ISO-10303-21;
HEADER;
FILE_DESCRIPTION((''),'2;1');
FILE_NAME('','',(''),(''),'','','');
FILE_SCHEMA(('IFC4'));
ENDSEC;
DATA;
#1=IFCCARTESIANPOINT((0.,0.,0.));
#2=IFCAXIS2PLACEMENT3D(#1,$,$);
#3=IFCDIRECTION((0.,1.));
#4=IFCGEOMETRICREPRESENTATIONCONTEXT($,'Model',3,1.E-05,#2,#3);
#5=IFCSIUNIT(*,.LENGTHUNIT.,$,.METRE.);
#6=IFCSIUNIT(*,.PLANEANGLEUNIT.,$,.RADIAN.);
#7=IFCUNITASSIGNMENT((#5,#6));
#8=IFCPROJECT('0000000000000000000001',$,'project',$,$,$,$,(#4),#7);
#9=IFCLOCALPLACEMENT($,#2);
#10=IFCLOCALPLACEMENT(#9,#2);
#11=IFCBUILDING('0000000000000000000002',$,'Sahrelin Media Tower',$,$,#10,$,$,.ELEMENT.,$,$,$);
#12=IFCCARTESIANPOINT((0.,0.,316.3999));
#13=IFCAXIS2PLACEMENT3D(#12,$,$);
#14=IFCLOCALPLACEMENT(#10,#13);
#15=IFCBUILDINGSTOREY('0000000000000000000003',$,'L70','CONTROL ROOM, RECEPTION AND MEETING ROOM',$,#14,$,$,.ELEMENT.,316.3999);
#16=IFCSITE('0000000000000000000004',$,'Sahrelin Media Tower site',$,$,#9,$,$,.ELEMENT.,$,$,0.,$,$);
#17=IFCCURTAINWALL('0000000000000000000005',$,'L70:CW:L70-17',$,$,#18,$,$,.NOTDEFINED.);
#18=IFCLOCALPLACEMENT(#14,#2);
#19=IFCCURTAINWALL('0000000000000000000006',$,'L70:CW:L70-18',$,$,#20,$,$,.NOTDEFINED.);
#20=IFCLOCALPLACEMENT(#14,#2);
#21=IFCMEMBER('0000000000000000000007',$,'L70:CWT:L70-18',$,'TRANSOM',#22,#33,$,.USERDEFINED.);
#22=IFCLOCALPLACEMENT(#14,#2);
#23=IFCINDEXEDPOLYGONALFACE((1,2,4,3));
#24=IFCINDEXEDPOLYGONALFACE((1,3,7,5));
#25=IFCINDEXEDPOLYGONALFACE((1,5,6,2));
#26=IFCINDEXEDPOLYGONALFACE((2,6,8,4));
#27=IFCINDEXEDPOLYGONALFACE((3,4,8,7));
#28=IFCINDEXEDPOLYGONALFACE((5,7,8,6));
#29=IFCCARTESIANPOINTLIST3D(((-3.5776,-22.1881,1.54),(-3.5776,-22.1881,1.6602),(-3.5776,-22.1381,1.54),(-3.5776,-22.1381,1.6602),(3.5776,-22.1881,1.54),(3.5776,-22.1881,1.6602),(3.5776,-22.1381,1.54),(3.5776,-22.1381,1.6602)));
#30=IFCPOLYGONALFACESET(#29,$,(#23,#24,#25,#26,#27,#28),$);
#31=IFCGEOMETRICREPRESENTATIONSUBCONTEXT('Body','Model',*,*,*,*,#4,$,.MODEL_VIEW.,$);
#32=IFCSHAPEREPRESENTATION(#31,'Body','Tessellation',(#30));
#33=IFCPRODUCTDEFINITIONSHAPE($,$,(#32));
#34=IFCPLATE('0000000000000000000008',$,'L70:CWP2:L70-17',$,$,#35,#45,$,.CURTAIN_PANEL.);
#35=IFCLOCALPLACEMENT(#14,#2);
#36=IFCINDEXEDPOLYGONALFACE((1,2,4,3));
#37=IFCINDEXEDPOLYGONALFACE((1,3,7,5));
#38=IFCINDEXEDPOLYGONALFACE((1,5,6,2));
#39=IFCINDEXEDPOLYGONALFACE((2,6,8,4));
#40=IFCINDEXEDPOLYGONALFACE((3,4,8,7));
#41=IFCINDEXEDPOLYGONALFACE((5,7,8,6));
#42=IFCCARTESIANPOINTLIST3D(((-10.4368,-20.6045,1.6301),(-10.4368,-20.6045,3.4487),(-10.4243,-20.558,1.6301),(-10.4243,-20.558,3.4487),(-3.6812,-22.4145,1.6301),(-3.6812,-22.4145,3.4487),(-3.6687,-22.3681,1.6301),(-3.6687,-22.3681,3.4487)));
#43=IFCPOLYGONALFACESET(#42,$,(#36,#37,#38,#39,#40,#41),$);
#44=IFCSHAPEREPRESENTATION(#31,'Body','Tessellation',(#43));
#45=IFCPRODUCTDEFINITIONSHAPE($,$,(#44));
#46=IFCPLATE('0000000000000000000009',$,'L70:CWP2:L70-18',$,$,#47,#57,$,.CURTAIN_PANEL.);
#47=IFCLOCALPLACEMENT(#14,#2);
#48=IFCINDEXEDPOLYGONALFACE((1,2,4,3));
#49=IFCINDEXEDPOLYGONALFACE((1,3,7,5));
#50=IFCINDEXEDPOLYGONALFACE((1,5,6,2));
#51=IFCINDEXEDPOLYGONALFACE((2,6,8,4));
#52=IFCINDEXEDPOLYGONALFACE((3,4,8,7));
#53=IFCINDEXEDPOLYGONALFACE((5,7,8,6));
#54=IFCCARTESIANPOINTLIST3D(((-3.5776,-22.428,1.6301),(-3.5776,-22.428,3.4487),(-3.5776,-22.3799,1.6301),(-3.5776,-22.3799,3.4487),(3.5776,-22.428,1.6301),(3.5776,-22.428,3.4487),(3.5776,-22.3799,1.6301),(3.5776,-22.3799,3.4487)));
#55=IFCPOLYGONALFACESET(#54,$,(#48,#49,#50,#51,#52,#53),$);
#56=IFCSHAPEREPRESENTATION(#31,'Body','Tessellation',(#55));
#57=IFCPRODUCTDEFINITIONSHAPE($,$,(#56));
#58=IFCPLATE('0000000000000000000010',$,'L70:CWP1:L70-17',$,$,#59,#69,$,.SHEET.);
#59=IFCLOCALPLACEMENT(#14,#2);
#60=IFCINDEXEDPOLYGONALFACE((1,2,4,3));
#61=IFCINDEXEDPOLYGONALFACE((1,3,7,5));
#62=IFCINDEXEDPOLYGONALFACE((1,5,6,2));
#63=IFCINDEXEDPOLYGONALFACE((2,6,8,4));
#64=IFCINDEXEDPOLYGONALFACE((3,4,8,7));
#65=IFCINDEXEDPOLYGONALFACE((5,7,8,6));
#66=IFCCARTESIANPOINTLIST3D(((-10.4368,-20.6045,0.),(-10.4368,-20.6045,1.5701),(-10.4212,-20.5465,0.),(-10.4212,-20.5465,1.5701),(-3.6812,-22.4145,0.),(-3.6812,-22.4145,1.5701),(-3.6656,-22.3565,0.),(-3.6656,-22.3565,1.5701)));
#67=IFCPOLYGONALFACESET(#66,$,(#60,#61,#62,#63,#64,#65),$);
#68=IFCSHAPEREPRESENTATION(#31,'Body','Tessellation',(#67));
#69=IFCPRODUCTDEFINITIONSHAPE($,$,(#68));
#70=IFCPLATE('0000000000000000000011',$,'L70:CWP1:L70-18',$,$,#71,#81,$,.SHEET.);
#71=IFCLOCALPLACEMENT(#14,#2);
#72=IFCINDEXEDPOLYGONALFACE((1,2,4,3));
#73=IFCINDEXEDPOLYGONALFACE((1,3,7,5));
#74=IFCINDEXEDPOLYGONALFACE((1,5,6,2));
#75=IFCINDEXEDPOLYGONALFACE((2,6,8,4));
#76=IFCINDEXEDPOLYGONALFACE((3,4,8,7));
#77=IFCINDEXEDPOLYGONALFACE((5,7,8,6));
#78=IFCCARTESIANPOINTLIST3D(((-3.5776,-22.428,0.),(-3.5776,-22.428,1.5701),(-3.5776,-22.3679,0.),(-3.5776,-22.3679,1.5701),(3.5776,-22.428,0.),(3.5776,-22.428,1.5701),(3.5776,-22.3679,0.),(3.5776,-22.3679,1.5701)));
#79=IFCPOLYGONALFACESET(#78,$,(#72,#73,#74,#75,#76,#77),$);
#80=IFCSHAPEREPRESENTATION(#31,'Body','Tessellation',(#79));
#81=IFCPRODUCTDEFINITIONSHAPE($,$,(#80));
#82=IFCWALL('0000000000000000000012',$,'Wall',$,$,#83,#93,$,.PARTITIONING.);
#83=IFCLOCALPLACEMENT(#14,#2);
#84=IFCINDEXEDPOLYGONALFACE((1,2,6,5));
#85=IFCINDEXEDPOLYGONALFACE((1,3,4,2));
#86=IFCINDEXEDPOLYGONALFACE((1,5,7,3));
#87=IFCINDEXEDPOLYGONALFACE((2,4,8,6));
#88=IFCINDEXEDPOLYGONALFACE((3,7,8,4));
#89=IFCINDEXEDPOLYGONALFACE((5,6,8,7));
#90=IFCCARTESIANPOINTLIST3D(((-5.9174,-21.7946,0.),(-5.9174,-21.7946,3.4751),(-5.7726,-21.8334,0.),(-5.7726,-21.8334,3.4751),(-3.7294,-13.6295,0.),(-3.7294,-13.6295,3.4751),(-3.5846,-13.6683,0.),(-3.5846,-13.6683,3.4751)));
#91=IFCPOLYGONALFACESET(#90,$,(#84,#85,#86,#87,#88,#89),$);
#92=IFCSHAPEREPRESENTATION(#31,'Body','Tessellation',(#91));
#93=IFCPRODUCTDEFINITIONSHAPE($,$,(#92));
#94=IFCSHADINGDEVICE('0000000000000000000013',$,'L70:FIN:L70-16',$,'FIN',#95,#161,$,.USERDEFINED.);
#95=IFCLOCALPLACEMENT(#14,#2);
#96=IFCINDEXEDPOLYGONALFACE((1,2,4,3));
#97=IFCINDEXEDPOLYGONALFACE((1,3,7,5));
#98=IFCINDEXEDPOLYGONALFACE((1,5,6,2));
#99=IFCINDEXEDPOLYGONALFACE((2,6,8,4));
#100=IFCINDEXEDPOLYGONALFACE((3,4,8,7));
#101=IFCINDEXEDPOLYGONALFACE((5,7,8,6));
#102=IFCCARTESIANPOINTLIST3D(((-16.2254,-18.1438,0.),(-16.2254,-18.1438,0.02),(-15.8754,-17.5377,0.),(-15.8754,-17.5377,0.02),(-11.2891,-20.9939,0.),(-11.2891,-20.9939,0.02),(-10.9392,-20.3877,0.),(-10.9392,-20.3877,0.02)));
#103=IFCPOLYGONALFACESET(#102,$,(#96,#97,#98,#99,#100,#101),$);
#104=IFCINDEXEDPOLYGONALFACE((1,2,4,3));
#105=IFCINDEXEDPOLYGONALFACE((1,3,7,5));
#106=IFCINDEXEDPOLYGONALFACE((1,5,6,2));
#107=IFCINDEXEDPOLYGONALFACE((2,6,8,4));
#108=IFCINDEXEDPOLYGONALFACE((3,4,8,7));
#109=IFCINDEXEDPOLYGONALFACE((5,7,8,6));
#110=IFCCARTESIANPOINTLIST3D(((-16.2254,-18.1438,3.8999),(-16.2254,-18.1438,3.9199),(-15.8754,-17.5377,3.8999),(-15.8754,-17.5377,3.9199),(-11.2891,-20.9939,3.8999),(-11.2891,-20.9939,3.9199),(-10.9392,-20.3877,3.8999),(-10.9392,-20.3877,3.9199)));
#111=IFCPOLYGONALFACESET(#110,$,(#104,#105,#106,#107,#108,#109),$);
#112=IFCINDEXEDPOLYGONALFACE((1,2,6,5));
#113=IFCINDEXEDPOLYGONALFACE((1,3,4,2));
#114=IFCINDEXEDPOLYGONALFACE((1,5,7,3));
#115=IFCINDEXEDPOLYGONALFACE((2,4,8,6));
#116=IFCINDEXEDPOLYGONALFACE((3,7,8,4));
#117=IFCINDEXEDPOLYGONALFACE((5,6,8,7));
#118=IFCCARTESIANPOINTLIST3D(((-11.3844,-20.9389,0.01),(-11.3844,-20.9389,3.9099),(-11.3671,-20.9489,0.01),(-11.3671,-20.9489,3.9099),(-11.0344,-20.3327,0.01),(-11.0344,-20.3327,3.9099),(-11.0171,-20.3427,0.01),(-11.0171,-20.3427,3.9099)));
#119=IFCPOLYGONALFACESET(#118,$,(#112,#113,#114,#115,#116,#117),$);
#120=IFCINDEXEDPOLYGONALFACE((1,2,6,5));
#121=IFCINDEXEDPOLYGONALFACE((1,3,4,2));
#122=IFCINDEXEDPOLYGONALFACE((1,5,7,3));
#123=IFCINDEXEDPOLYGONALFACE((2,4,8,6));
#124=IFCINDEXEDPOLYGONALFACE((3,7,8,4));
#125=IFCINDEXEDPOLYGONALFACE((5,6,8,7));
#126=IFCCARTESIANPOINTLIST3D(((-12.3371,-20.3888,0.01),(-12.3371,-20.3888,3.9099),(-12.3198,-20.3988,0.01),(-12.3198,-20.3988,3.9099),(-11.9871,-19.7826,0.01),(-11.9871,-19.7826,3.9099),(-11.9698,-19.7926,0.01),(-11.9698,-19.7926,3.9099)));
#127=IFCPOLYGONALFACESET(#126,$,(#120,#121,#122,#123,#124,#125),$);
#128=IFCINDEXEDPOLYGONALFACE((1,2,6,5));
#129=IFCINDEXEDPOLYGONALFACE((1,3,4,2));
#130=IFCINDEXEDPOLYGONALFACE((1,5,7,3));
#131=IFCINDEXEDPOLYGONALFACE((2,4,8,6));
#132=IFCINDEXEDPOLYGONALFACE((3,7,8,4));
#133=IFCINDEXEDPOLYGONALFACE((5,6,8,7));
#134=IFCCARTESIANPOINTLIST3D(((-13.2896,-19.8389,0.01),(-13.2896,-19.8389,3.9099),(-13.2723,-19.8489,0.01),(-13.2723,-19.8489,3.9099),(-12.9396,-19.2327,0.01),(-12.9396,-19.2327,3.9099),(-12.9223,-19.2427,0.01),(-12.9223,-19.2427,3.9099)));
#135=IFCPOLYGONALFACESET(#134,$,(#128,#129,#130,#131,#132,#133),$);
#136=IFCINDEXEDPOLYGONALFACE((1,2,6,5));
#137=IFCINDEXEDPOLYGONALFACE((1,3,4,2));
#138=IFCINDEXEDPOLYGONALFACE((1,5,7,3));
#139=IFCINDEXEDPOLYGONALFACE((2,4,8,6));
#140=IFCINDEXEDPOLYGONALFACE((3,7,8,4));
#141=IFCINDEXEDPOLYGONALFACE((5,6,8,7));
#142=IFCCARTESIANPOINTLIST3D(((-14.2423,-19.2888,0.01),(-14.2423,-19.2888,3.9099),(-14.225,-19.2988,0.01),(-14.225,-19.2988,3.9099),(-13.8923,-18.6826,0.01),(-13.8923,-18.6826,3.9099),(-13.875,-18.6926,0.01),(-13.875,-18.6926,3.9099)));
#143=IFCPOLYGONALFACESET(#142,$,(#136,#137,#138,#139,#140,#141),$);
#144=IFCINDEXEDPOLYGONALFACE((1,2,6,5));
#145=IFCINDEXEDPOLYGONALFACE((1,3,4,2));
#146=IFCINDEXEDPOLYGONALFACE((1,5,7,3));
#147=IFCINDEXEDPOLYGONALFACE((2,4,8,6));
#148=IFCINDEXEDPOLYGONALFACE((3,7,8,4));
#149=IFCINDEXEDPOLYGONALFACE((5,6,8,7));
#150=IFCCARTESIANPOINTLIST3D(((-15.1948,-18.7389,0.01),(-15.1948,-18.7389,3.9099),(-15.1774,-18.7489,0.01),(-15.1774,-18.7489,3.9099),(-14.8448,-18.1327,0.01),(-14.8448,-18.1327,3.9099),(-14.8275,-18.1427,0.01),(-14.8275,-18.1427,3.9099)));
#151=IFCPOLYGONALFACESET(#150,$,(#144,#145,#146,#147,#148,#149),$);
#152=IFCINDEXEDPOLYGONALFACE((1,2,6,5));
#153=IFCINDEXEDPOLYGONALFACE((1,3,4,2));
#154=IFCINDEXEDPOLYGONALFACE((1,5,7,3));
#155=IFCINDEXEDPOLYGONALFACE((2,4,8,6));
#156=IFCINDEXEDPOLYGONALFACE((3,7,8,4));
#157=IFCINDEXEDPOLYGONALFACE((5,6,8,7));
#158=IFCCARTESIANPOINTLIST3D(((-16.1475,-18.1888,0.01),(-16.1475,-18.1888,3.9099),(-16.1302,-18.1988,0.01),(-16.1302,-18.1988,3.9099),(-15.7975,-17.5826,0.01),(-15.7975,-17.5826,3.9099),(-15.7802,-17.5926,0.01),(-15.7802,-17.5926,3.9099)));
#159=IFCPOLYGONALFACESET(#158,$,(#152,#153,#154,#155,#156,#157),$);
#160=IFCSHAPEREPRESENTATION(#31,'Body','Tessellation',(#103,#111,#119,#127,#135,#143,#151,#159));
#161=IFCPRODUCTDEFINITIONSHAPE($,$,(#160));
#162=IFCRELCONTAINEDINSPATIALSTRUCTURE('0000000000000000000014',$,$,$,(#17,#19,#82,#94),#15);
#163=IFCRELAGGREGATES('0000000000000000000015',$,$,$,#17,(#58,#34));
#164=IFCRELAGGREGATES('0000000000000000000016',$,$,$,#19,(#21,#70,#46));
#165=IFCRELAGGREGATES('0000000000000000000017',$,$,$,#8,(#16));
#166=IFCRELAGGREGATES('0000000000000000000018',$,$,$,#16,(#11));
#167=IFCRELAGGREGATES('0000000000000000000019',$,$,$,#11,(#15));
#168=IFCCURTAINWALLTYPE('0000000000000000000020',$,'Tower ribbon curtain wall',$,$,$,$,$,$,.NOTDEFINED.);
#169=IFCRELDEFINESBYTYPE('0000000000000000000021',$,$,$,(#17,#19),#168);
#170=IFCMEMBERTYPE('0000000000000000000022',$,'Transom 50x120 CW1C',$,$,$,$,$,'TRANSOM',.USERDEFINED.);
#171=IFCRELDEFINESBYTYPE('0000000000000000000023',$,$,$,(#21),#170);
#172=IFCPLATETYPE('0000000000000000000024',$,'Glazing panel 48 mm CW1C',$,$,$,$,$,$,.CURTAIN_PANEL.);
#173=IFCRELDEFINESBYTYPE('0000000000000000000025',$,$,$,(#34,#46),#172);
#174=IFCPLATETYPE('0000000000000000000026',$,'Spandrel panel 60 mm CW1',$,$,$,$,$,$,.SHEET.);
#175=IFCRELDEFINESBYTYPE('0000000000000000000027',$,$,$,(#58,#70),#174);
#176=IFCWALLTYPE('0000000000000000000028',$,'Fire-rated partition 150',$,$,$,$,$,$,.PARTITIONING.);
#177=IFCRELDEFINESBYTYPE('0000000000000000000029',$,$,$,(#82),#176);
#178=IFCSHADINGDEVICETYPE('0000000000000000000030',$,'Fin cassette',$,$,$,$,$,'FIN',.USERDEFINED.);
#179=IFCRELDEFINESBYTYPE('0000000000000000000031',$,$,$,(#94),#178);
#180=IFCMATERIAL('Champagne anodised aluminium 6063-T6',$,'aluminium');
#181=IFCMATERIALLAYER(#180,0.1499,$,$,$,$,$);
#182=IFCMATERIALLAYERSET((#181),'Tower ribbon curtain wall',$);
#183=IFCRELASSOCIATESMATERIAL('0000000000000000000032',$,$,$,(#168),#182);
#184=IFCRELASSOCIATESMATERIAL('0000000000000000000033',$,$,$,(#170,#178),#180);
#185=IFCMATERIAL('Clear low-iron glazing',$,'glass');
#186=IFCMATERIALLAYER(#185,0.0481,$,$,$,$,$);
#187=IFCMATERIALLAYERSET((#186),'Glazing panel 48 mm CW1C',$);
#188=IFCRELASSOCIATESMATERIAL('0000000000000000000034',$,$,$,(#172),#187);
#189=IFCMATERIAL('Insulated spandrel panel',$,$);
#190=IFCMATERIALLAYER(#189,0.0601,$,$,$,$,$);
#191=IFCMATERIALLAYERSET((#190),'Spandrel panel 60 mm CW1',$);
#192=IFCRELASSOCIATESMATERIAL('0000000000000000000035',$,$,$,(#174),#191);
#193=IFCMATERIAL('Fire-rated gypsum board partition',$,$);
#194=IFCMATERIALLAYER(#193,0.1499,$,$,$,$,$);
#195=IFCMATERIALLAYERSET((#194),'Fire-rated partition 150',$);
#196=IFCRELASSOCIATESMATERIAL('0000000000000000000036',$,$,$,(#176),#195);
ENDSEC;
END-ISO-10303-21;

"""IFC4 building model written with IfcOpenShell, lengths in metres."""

from ifc_helpers import new_model, si_unit, direction, frame, frame_2d, origin, origin_2d, place, context, subcontext, project, spatial, polyline, rectangle, outline, extrude, material, layer, layer_set, material_profile, profile_set, type_object, element, aggregate, save


model = new_model("IFC4")

# Units and contexts
model_context = context("Model", 3, precision=1e-05, world=origin(), true_north=direction((0.0, 1.0)))
body_context = subcontext(model_context, "Body", "Model", "MODEL_VIEW")
ifc_project = project(units=[si_unit("LENGTHUNIT", "METRE"), si_unit("PLANEANGLEUNIT", "RADIAN")], contexts=[model_context])

# Site, building, storey
site_placement = place(None, origin())
site = spatial("IfcSite", under=ifc_project, at=site_placement, Name="Sahrelin Media Tower site", CompositionType="ELEMENT", RefElevation=0.0)
building_placement = place(site_placement, origin())
building = spatial("IfcBuilding", under=site, at=building_placement, Name="Sahrelin Media Tower", CompositionType="ELEMENT")
storey_placement = place(building_placement, frame((0.0, 0.0, 316.3999)))
storey = spatial("IfcBuildingStorey", under=building, at=storey_placement, Name="L70", Description="CONTROL ROOM, RECEPTION AND MEETING ROOM", CompositionType="ELEMENT", Elevation=316.3999)

# Curtain wall
ifc_material_1 = material(Name="Champagne anodised aluminium 6063-T6", Category="aluminium")
ifc_layer_1 = layer(ifc_material_1, 0.1499)
ifc_layer_set_1 = layer_set([ifc_layer_1], Name="Tower ribbon curtain wall")
curtain_wall_type = type_object("IfcCurtainWallType", Name="Tower ribbon curtain wall", PredefinedType="NOTDEFINED", material=ifc_layer_set_1)
curtain_wall_1_placement = place(storey_placement, frame((-7.0537, -21.49, 0.0), z_axis=(0.0, 0.0, 1.0), x_axis=(1.0, 0.0, 0.0)))
curtain_wall_1 = element("IfcCurtainWall", 1, at=curtain_wall_1_placement, inside=storey, type_object=curtain_wall_type, Name="L70:CW:L70-17", PredefinedType="NOTDEFINED")

# Shared definitions
ifc_material_profile_1 = material_profile(ifc_material_1, rectangle(XDim=0.05, YDim=0.1201, at=origin_2d()), Name="Transom 50x120")
ifc_profile_set_1 = profile_set([ifc_material_profile_1], Name="Champagne anodised aluminium 6063-T6")
member_type_1 = type_object("IfcMemberType", Name="Transom 50x120 CW1C", ElementType="TRANSOM", PredefinedType="USERDEFINED", material=ifc_profile_set_1)

# Curtain wall, member
curtain_wall_2_placement = place(storey_placement, frame((0.0, -22.4082, 0.0), z_axis=(0.0, 0.0, 1.0), x_axis=(1.0, 0.0, 0.0)))
curtain_wall_2 = element("IfcCurtainWall", 2, at=curtain_wall_2_placement, inside=storey, type_object=curtain_wall_type, Name="L70:CW:L70-18", PredefinedType="NOTDEFINED")
member_1_placement = place(storey_placement, frame((-3.5776, -22.1631, 1.6001), z_axis=(1.0, 0.0, 0.0), x_axis=(0.0, 1.0, 0.0)))
member_1 = element("IfcMember", 3, at=member_1_placement, type_object=member_type_1, Name="L70:CWT:L70-18", ObjectType="TRANSOM", PredefinedType="USERDEFINED", context=body_context, shape_type="SweptSolid", body=[
    extrude(rectangle(XDim=0.05, YDim=0.1201, at=origin_2d()), origin(), (0.0, 0.0, 1.0), 7.1553),
])

# Plates
ifc_material_2 = material(Name="Clear low-iron glazing", Category="glass")
ifc_layer_2 = layer(ifc_material_2, 0.0481)
ifc_layer_set_2 = layer_set([ifc_layer_2], Name="Glazing panel 48 mm CW1C")
plate_type_1 = type_object("IfcPlateType", Name="Glazing panel 48 mm CW1C", PredefinedType="CURTAIN_PANEL", material=ifc_layer_set_2)
plate_1_placement = place(storey_placement, frame((-10.4368, -20.6045, 1.6301), z_axis=(-0.258805, -0.96593, 0.0), x_axis=(0.96593, -0.258805, 0.0)))
plate_1 = element("IfcPlate", 4, at=plate_1_placement, type_object=plate_type_1, Name="L70:CWP2:L70-17", PredefinedType="CURTAIN_PANEL", context=body_context, shape_type="SweptSolid", body=[
    extrude(outline(polyline([(0.0, 0.0), (6.9939, 0.0), (6.9939, 1.8186), (0.0, 1.8186), (0.0, 0.0)])), origin(), (0.0, 0.0, -1.0), 0.0481),
])
plate_2_placement = place(storey_placement, frame((-3.5776, -22.428, 1.6301), z_axis=(0.0, -1.0, 0.0), x_axis=(1.0, 0.0, 0.0)))
plate_2 = element("IfcPlate", 5, at=plate_2_placement, type_object=plate_type_1, Name="L70:CWP2:L70-18", PredefinedType="CURTAIN_PANEL", context=body_context, shape_type="SweptSolid", body=[
    extrude(outline(polyline([(0.0, 0.0), (7.1553, 0.0), (7.1553, 1.8186), (0.0, 1.8186), (0.0, 0.0)])), origin(), (0.0, 0.0, -1.0), 0.0481),
])
ifc_material_3 = material(Name="Insulated spandrel panel")
ifc_layer_3 = layer(ifc_material_3, 0.0601)
ifc_layer_set_3 = layer_set([ifc_layer_3], Name="Spandrel panel 60 mm CW1")
plate_type_2 = type_object("IfcPlateType", Name="Spandrel panel 60 mm CW1", PredefinedType="SHEET", material=ifc_layer_set_3)
plate_3_placement = place(storey_placement, frame((-10.4368, -20.6045, 0.0), z_axis=(-0.258805, -0.96593, 0.0), x_axis=(0.96593, -0.258805, 0.0)))
plate_3 = element("IfcPlate", 6, at=plate_3_placement, type_object=plate_type_2, Name="L70:CWP1:L70-17", PredefinedType="SHEET", context=body_context, shape_type="SweptSolid", body=[
    extrude(outline(polyline([(0.0, 0.0), (6.9939, 0.0), (6.9939, 1.5701), (0.0, 1.5701), (0.0, 0.0)])), origin(), (0.0, 0.0, -1.0), 0.0601),
])
aggregate(curtain_wall_1, [plate_3, plate_1])
plate_4_placement = place(storey_placement, frame((-3.5776, -22.428, 0.0), z_axis=(0.0, -1.0, 0.0), x_axis=(1.0, 0.0, 0.0)))
plate_4 = element("IfcPlate", 7, at=plate_4_placement, type_object=plate_type_2, Name="L70:CWP1:L70-18", PredefinedType="SHEET", context=body_context, shape_type="SweptSolid", body=[
    extrude(outline(polyline([(0.0, 0.0), (7.1553, 0.0), (7.1553, 1.5701), (0.0, 1.5701), (0.0, 0.0)])), origin(), (0.0, 0.0, -1.0), 0.0601),
])
aggregate(curtain_wall_2, [member_1, plate_4, plate_2])

# Wall
ifc_material_4 = material(Name="Fire-rated gypsum board partition")
ifc_layer_4 = layer(ifc_material_4, 0.1499)
ifc_layer_set_4 = layer_set([ifc_layer_4], Name="Fire-rated partition 150")
wall_type = type_object("IfcWallType", Name="Fire-rated partition 150", PredefinedType="PARTITIONING", material=ifc_layer_set_4)
wall_placement = place(storey_placement, frame((-5.845, -21.814, 0.0), z_axis=(0.0, 0.0, 1.0), x_axis=(0.258838, 0.965921, 0.0)))
element("IfcWall", 8, at=wall_placement, inside=storey, type_object=wall_type, Name="Wall", PredefinedType="PARTITIONING", context=body_context, shape_type="SweptSolid", body=[
    extrude(rectangle(XDim=8.4531, YDim=0.1499, at=frame_2d((4.2266, 0.0))), origin(), (0.0, 0.0, 1.0), 3.4751),
])

# Shading device
shading_device_type_1 = type_object("IfcShadingDeviceType", Name="Fin cassette", ElementType="FIN", PredefinedType="USERDEFINED", material=ifc_material_1)
placement_1 = place(storey_placement, frame((-13.3723, -18.9021, 0.0), z_axis=(0.0, 0.0, 1.0), x_axis=(-0.866019, 0.500011, 0.0)))
element("IfcShadingDevice", 9, at=placement_1, inside=storey, type_object=shading_device_type_1, Name="L70:FIN:L70-16", ObjectType="FIN", PredefinedType="USERDEFINED", context=body_context, shape_type="SweptSolid", body=[
    extrude(rectangle(XDim=5.7, YDim=0.7, at=origin_2d()), frame((0.0, 0.4199, 0.0)), (0.0, 0.0, 1.0), 0.02),
    extrude(rectangle(XDim=5.7, YDim=0.7, at=origin_2d()), frame((0.0, 0.4199, 3.8999)), (0.0, 0.0, 1.0), 0.02),
    extrude(rectangle(XDim=0.02, YDim=0.7, at=origin_2d()), frame((-2.75, 0.4199, 0.01), z_axis=(0.0, 0.0, 1.0), x_axis=(1.0, 0.0, 0.0)), (0.0, 0.0, 1.0), 3.8999),
    extrude(rectangle(XDim=0.02, YDim=0.7, at=origin_2d()), frame((-1.6499, 0.4199, 0.01), z_axis=(0.0, 0.0, 1.0), x_axis=(1.0, 0.0, 0.0)), (0.0, 0.0, 1.0), 3.8999),
    extrude(rectangle(XDim=0.02, YDim=0.7, at=origin_2d()), frame((-0.55, 0.4199, 0.01), z_axis=(0.0, 0.0, 1.0), x_axis=(1.0, 0.0, 0.0)), (0.0, 0.0, 1.0), 3.8999),
    extrude(rectangle(XDim=0.02, YDim=0.7, at=origin_2d()), frame((0.55, 0.4199, 0.01), z_axis=(0.0, 0.0, 1.0), x_axis=(1.0, 0.0, 0.0)), (0.0, 0.0, 1.0), 3.8999),
    extrude(rectangle(XDim=0.02, YDim=0.7, at=origin_2d()), frame((1.6499, 0.4199, 0.01), z_axis=(0.0, 0.0, 1.0), x_axis=(1.0, 0.0, 0.0)), (0.0, 0.0, 1.0), 3.8999),
    extrude(rectangle(XDim=0.02, YDim=0.7, at=origin_2d()), frame((2.75, 0.4199, 0.01), z_axis=(0.0, 0.0, 1.0), x_axis=(1.0, 0.0, 0.0)), (0.0, 0.0, 1.0), 3.8999),
])

save(model, "model.ifc")
